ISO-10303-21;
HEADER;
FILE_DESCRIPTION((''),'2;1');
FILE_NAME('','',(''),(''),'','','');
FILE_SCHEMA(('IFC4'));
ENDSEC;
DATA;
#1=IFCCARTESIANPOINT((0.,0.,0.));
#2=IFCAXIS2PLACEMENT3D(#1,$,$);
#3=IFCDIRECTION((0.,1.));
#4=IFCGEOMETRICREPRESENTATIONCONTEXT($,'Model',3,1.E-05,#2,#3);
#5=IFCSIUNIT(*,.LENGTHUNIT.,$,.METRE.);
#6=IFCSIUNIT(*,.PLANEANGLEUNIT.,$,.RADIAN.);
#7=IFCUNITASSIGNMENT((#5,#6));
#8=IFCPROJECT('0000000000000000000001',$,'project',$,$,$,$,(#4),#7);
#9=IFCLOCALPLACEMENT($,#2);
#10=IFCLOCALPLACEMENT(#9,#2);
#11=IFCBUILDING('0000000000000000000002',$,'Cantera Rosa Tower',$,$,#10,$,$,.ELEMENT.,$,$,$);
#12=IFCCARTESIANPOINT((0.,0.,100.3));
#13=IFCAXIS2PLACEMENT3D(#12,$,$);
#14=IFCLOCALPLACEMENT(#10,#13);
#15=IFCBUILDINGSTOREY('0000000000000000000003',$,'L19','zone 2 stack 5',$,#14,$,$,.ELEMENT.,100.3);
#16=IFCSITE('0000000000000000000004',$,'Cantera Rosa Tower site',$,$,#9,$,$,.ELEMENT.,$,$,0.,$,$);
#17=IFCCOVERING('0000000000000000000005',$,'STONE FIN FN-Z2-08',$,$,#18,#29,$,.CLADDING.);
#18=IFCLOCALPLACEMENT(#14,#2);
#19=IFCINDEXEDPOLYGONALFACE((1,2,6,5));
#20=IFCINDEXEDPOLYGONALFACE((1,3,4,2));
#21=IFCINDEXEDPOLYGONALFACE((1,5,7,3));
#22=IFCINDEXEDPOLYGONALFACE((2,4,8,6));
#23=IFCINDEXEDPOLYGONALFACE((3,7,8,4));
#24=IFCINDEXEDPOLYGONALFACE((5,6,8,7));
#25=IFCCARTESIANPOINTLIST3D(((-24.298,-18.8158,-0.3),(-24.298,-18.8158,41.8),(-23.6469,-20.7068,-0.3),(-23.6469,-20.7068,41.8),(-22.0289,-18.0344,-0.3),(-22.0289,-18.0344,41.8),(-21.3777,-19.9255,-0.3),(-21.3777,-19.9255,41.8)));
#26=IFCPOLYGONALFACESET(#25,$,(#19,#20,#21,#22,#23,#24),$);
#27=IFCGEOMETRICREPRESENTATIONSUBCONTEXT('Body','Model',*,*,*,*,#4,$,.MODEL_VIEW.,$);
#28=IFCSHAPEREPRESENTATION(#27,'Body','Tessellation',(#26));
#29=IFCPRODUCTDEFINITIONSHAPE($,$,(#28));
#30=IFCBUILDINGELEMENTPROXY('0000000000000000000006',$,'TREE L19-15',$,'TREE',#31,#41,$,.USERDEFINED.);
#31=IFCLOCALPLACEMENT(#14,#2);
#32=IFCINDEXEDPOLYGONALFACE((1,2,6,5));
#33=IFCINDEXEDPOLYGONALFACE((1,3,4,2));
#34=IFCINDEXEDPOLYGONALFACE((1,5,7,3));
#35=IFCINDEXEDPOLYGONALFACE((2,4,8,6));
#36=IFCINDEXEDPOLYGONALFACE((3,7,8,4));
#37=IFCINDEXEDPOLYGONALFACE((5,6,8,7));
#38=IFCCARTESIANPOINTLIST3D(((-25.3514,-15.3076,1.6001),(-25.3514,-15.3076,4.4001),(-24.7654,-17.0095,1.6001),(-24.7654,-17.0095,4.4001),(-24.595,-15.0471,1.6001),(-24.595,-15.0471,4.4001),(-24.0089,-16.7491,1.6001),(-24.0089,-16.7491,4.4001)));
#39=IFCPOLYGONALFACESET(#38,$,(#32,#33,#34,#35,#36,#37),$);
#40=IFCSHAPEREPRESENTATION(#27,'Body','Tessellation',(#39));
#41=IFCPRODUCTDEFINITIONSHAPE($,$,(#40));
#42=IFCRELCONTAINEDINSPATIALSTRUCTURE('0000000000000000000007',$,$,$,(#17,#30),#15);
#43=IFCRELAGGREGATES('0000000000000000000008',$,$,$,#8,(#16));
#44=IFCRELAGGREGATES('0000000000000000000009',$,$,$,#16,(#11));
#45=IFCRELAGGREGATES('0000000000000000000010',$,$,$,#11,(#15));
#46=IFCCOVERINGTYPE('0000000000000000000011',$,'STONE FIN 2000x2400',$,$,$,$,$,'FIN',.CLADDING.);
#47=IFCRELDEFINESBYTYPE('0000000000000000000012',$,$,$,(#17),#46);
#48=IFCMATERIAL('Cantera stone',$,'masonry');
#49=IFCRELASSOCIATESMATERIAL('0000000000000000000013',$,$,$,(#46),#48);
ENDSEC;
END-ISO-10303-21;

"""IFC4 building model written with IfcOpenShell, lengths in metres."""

from ifc_helpers import new_model, si_unit, direction, frame, origin, origin_2d, place, context, subcontext, project, spatial, rectangle, extrude, material, type_object, element, save


model = new_model("IFC4")

# Units and contexts
model_context = context("Model", 3, precision=1e-05, world=origin(), true_north=direction((0.0, 1.0)))
body_context = subcontext(model_context, "Body", "Model", "MODEL_VIEW")
ifc_project = project(units=[si_unit("LENGTHUNIT", "METRE"), si_unit("PLANEANGLEUNIT", "RADIAN")], contexts=[model_context])

# Site, building, storey
site_placement = place(None, origin())
site = spatial("IfcSite", under=ifc_project, at=site_placement, Name="Cantera Rosa Tower site", CompositionType="ELEMENT", RefElevation=0.0)
building_placement = place(site_placement, origin())
building = spatial("IfcBuilding", under=site, at=building_placement, Name="Cantera Rosa Tower", CompositionType="ELEMENT")
storey_placement = place(building_placement, frame((0.0, 0.0, 100.3)))
storey = spatial("IfcBuildingStorey", under=building, at=storey_placement, Name="L19", Description="zone 2 stack 5", CompositionType="ELEMENT", Elevation=100.3)

# Covering
ifc_material_1 = material(Name="Cantera stone", Category="masonry")
covering_type = type_object("IfcCoveringType", Name="STONE FIN 2000x2400", ElementType="FIN", PredefinedType="CLADDING", material=ifc_material_1)
covering_placement = place(storey_placement, frame((-22.8379, -19.3706, -0.3), z_axis=(0.0, 0.0, 1.0), x_axis=(0.325568, -0.945519, 0.0)))
element("IfcCovering", 1, at=covering_placement, inside=storey, type_object=covering_type, Name="STONE FIN FN-Z2-08", PredefinedType="CLADDING", context=body_context, shape_type="SweptSolid", body=[
    extrude(rectangle(XDim=2.0, YDim=2.3999, at=origin_2d()), origin(), (0.0, 0.0, 1.0), 42.1001),
])

# Building element proxy
proxy_placement = place(storey_placement, frame((-24.6802, -16.0283, 1.6001), z_axis=(0.0, 0.0, 1.0), x_axis=(0.325568, -0.945519, 0.0)))
element("IfcBuildingElementProxy", 2, at=proxy_placement, inside=storey, Name="TREE L19-15", ObjectType="TREE", PredefinedType="USERDEFINED", context=body_context, shape_type="SweptSolid", body=[
    extrude(rectangle(XDim=1.8, YDim=0.8, at=origin_2d()), origin(), (0.0, 0.0, 1.0), 2.8),
])

save(model, "model.ifc")
